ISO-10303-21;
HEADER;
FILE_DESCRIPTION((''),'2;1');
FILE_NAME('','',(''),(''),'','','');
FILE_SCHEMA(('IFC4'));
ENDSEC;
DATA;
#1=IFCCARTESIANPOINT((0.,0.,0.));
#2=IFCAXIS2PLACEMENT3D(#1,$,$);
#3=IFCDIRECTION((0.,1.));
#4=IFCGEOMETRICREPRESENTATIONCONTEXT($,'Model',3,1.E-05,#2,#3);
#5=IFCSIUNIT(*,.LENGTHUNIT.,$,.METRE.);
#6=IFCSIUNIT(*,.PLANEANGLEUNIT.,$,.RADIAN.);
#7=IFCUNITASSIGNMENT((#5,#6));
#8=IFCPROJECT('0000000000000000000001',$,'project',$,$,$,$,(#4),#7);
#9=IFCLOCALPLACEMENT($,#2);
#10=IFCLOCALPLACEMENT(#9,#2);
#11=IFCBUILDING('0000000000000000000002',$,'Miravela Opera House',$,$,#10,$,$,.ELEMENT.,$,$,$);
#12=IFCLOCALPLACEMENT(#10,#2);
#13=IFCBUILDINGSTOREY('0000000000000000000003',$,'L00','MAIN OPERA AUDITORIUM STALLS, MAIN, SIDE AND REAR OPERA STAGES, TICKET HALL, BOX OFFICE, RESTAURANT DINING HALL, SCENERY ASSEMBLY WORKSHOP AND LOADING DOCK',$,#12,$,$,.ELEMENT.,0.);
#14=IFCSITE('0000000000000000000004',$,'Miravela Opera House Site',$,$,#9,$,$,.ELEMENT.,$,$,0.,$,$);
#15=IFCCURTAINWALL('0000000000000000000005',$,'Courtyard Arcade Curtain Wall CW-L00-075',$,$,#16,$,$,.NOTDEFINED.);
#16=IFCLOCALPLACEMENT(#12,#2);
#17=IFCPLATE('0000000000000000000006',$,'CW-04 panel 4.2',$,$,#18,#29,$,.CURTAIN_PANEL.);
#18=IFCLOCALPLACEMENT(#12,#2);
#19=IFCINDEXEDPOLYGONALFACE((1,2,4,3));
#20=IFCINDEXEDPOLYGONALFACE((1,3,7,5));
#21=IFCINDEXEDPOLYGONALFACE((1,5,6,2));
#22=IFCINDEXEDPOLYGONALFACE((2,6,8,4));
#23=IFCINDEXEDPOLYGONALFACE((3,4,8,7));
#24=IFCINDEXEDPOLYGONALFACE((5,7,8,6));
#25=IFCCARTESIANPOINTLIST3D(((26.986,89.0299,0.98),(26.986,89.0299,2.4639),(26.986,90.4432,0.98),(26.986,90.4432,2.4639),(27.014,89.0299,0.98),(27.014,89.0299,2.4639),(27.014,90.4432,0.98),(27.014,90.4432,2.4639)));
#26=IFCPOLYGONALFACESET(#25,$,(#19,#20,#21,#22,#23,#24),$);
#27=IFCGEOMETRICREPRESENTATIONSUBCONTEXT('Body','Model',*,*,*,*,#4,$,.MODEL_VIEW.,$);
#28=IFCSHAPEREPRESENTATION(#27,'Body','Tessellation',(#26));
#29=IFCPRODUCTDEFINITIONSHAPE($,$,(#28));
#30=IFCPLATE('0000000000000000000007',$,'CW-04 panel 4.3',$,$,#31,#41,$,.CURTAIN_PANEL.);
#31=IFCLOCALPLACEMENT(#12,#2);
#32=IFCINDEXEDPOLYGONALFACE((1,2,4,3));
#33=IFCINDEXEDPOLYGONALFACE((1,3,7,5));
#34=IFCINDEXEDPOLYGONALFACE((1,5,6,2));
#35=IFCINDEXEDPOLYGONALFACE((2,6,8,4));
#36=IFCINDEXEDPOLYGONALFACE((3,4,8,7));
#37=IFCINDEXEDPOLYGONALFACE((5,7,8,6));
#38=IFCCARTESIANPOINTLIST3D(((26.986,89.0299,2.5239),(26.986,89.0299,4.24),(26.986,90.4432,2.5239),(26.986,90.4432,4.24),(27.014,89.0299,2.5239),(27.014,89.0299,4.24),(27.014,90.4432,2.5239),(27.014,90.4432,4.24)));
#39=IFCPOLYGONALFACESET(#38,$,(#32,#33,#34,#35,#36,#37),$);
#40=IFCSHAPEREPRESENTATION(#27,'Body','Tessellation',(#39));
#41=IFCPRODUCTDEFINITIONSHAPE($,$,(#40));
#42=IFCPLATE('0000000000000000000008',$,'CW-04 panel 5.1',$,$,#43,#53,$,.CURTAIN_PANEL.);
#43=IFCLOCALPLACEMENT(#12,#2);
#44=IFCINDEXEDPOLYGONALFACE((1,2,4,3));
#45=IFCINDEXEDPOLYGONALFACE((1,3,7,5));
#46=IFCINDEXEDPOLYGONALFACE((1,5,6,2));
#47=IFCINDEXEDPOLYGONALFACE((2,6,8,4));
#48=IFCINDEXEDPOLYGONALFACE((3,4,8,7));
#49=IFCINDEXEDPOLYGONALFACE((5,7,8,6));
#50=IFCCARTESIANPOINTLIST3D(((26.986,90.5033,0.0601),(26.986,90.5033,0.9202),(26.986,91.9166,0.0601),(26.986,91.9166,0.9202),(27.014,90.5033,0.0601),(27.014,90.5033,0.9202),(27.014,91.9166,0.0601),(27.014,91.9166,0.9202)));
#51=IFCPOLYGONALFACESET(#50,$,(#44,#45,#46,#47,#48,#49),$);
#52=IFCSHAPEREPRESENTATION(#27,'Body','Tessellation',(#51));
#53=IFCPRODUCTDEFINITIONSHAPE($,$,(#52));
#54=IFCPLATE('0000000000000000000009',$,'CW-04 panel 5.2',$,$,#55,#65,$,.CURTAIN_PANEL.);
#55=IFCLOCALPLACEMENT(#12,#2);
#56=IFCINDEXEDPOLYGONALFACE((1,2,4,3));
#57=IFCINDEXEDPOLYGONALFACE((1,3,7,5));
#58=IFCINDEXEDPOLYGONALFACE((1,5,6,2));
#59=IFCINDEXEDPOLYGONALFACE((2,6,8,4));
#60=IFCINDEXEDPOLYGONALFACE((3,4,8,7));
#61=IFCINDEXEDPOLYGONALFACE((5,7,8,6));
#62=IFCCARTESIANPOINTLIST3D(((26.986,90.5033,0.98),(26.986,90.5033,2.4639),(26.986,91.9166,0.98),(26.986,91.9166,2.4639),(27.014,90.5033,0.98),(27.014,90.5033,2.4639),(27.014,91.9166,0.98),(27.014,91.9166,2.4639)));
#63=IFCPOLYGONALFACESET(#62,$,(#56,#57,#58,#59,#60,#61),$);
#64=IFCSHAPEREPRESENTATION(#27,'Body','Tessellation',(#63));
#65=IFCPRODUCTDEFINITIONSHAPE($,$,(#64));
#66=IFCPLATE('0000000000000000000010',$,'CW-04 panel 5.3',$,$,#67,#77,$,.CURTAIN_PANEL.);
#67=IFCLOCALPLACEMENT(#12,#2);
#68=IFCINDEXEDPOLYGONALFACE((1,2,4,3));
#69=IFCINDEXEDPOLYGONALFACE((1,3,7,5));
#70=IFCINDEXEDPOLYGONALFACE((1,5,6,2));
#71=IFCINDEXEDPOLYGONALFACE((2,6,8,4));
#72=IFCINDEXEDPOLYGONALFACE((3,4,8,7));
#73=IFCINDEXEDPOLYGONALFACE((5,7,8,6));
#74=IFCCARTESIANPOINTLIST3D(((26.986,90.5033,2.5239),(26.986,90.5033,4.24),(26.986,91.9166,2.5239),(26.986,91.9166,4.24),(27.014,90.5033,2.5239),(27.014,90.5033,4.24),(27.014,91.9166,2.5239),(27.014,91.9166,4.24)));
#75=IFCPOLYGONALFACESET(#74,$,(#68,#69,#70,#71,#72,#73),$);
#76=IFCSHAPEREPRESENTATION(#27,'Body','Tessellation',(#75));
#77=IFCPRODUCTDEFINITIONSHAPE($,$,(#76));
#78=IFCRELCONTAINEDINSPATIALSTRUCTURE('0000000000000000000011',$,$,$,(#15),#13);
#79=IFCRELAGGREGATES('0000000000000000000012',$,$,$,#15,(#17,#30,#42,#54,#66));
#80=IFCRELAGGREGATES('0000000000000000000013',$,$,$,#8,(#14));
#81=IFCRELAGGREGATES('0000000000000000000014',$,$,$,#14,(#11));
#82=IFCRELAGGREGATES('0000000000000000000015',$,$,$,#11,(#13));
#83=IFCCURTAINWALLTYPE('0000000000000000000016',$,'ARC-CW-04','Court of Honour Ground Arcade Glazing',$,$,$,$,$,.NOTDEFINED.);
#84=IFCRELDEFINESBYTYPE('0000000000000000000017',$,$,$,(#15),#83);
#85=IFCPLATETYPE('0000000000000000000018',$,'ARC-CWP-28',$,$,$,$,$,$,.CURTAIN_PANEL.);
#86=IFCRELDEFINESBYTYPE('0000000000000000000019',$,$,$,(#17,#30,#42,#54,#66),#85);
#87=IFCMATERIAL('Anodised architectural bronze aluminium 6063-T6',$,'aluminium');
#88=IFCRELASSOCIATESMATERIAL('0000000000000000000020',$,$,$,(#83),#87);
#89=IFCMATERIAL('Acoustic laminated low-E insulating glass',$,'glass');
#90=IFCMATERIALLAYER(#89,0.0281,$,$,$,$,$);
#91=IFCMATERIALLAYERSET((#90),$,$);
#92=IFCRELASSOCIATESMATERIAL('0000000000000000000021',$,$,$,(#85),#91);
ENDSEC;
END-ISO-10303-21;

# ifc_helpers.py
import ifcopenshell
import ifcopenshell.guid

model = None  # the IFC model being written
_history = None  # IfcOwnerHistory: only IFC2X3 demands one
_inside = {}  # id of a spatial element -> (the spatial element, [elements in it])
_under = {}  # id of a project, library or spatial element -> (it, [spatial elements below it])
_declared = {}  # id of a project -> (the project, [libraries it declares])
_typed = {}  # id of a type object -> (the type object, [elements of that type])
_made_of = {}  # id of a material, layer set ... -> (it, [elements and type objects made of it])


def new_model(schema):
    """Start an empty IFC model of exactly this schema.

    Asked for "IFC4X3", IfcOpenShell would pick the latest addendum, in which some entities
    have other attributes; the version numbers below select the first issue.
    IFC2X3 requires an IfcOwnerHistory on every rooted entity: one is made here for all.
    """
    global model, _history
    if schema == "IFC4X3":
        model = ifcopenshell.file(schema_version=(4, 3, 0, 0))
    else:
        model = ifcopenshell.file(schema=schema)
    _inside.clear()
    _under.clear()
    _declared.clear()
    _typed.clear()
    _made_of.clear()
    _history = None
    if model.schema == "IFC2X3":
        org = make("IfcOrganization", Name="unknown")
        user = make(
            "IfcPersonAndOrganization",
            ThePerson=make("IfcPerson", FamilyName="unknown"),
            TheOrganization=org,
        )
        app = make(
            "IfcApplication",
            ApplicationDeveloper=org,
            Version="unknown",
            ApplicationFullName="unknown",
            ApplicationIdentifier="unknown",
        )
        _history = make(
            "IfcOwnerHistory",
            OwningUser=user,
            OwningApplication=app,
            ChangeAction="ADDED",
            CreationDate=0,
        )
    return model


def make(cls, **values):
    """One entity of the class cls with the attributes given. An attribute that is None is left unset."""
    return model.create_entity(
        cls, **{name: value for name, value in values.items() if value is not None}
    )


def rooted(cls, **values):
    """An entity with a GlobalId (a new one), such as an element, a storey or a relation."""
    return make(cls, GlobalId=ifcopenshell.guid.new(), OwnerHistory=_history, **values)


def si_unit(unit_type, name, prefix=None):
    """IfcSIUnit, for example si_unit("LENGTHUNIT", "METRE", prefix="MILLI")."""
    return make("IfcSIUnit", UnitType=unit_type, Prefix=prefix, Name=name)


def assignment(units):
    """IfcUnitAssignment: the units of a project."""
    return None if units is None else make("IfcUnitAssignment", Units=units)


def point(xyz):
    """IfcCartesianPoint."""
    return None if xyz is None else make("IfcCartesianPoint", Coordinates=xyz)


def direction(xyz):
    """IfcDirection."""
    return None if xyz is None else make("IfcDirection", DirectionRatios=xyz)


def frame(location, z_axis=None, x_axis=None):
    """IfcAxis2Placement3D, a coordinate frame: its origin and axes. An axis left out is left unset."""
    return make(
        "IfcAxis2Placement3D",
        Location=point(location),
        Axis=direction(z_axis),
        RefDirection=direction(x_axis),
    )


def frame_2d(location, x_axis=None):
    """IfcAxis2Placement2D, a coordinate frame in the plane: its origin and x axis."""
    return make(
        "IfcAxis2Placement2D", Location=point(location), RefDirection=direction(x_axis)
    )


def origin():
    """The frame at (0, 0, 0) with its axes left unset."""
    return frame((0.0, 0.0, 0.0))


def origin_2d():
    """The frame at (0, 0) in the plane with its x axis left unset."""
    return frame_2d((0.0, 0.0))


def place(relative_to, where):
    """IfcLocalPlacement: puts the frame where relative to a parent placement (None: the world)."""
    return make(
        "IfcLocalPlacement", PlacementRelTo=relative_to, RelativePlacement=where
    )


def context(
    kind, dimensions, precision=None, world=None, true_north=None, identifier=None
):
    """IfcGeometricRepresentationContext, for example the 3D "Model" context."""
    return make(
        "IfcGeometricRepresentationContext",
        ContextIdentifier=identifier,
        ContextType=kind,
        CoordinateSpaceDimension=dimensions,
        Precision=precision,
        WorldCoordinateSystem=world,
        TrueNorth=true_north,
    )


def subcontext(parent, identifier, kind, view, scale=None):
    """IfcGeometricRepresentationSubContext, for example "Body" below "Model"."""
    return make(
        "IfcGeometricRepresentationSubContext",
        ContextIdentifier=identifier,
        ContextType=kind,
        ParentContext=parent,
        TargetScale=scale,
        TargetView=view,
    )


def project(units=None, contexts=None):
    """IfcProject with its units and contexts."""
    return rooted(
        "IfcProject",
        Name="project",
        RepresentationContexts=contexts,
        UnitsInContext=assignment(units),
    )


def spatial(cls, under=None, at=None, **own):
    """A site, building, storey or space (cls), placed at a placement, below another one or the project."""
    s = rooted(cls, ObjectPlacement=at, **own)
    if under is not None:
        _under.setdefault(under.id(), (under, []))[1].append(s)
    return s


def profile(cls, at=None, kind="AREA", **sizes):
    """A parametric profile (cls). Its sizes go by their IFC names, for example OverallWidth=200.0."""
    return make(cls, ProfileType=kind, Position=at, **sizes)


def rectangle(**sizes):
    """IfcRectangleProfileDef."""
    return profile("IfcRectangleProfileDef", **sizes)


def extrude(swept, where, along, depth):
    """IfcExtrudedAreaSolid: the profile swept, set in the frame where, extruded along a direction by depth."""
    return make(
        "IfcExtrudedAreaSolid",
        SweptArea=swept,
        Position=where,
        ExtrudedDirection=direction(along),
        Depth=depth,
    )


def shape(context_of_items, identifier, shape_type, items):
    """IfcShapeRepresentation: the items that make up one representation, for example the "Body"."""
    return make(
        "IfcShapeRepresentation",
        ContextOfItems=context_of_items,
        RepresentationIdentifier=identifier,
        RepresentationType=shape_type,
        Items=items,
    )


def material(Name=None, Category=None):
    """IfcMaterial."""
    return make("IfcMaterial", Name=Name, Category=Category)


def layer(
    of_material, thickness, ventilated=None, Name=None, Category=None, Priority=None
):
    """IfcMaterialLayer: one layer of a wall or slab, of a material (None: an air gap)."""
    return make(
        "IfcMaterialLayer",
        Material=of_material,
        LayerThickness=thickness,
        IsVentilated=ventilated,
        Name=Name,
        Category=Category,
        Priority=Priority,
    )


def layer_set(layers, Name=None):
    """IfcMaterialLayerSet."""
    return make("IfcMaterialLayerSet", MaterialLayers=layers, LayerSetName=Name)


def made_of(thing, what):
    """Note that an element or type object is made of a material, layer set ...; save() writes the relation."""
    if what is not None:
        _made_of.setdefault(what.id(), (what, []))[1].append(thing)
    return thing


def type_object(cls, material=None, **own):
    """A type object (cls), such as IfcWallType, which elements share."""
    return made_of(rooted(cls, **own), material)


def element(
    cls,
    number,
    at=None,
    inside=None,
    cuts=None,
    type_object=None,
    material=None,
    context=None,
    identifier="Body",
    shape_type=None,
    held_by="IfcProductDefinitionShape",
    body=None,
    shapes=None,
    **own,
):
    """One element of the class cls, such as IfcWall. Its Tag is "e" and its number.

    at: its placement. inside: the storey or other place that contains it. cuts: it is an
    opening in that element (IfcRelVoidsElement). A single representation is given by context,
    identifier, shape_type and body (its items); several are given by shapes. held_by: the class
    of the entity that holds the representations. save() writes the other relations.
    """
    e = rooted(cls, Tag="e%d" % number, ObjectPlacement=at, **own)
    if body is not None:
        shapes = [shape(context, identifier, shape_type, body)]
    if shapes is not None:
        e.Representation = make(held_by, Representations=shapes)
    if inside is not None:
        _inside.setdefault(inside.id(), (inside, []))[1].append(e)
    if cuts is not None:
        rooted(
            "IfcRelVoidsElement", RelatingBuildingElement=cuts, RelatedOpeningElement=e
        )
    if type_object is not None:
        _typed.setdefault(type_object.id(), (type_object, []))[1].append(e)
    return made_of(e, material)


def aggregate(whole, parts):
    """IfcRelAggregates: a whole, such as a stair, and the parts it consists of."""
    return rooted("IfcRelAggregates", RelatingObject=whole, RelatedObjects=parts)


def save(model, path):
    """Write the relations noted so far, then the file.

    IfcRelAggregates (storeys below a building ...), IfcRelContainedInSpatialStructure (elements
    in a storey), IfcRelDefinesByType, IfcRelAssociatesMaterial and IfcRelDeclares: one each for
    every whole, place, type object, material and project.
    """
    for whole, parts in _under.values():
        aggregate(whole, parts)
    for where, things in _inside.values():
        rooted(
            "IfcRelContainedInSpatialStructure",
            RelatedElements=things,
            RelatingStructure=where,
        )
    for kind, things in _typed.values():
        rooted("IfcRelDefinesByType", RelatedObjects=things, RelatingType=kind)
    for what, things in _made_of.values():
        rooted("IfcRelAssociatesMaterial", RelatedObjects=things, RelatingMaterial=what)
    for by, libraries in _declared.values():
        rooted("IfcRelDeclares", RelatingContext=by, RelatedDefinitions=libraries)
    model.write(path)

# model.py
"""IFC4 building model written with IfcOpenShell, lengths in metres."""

from ifc_helpers import new_model, si_unit, direction, frame, origin, origin_2d, place, context, subcontext, project, spatial, rectangle, extrude, material, layer, layer_set, type_object, element, aggregate, save


model = new_model("IFC4")

# Units and contexts
model_context = context("Model", 3, precision=1e-05, world=origin(), true_north=direction((0.0, 1.0)))
body_context = subcontext(model_context, "Body", "Model", "MODEL_VIEW")
ifc_project = project(units=[si_unit("LENGTHUNIT", "METRE"), si_unit("PLANEANGLEUNIT", "RADIAN")], contexts=[model_context])

# Site, building, storey
site_placement = place(None, origin())
site = spatial("IfcSite", under=ifc_project, at=site_placement, Name="Miravela Opera House Site", CompositionType="ELEMENT", RefElevation=0.0)
building_placement = place(site_placement, origin())
building = spatial("IfcBuilding", under=site, at=building_placement, Name="Miravela Opera House", CompositionType="ELEMENT")
storey_placement = place(building_placement, origin())
storey = spatial("IfcBuildingStorey", under=building, at=storey_placement, Name="L00", Description="MAIN OPERA AUDITORIUM STALLS, MAIN, SIDE AND REAR OPERA STAGES, TICKET HALL, BOX OFFICE, RESTAURANT DINING HALL, SCENERY ASSEMBLY WORKSHOP AND LOADING DOCK", CompositionType="ELEMENT", Elevation=0.0)

# Curtain wall, plates
ifc_material_1 = material(Name="Anodised architectural bronze aluminium 6063-T6", Category="aluminium")
curtain_wall_type = type_object("IfcCurtainWallType", Name="ARC-CW-04", Description="Court of Honour Ground Arcade Glazing", PredefinedType="NOTDEFINED", material=ifc_material_1)
curtain_wall_placement = place(storey_placement, origin())
curtain_wall = element("IfcCurtainWall", 1, at=curtain_wall_placement, inside=storey, type_object=curtain_wall_type, Name="Courtyard Arcade Curtain Wall CW-L00-075", PredefinedType="NOTDEFINED")
ifc_material_2 = material(Name="Acoustic laminated low-E insulating glass", Category="glass")
ifc_layer = layer(ifc_material_2, 0.0281)
ifc_layer_set = layer_set([ifc_layer])
plate_type = type_object("IfcPlateType", Name="ARC-CWP-28", PredefinedType="CURTAIN_PANEL", material=ifc_layer_set)
plate_1_placement = place(storey_placement, frame((27.0, 89.7366, 0.98), z_axis=(0.0, 0.0, 1.0), x_axis=(0.0, 1.0, 0.0)))
plate_1 = element("IfcPlate", 2, at=plate_1_placement, type_object=plate_type, Name="CW-04 panel 4.2", PredefinedType="CURTAIN_PANEL", context=body_context, shape_type="SweptSolid", body=[
    extrude(rectangle(XDim=1.4133, YDim=0.0281, at=origin_2d()), origin(), (0.0, 0.0, 1.0), 1.4839),
])
plate_2_placement = place(storey_placement, frame((27.0, 89.7366, 2.5239), z_axis=(0.0, 0.0, 1.0), x_axis=(0.0, 1.0, 0.0)))
plate_2 = element("IfcPlate", 3, at=plate_2_placement, type_object=plate_type, Name="CW-04 panel 4.3", PredefinedType="CURTAIN_PANEL", context=body_context, shape_type="SweptSolid", body=[
    extrude(rectangle(XDim=1.4133, YDim=0.0281, at=origin_2d()), origin(), (0.0, 0.0, 1.0), 1.7161),
])
plate_3_placement = place(storey_placement, frame((27.0, 91.21, 0.0601), z_axis=(0.0, 0.0, 1.0), x_axis=(0.0, 1.0, 0.0)))
plate_3 = element("IfcPlate", 4, at=plate_3_placement, type_object=plate_type, Name="CW-04 panel 5.1", PredefinedType="CURTAIN_PANEL", context=body_context, shape_type="SweptSolid", body=[
    extrude(rectangle(XDim=1.4133, YDim=0.0281, at=origin_2d()), origin(), (0.0, 0.0, 1.0), 0.8601),
])
plate_4_placement = place(storey_placement, frame((27.0, 91.21, 0.98), z_axis=(0.0, 0.0, 1.0), x_axis=(0.0, 1.0, 0.0)))
plate_4 = element("IfcPlate", 5, at=plate_4_placement, type_object=plate_type, Name="CW-04 panel 5.2", PredefinedType="CURTAIN_PANEL", context=body_context, shape_type="SweptSolid", body=[
    extrude(rectangle(XDim=1.4133, YDim=0.0281, at=origin_2d()), origin(), (0.0, 0.0, 1.0), 1.4839),
])
plate_5_placement = place(storey_placement, frame((27.0, 91.21, 2.5239), z_axis=(0.0, 0.0, 1.0), x_axis=(0.0, 1.0, 0.0)))
plate_5 = element("IfcPlate", 6, at=plate_5_placement, type_object=plate_type, Name="CW-04 panel 5.3", PredefinedType="CURTAIN_PANEL", context=body_context, shape_type="SweptSolid", body=[
    extrude(rectangle(XDim=1.4133, YDim=0.0281, at=origin_2d()), origin(), (0.0, 0.0, 1.0), 1.7161),
])
aggregate(curtain_wall, [plate_1, plate_2, plate_3, plate_4, plate_5])

save(model, "model.ifc")
